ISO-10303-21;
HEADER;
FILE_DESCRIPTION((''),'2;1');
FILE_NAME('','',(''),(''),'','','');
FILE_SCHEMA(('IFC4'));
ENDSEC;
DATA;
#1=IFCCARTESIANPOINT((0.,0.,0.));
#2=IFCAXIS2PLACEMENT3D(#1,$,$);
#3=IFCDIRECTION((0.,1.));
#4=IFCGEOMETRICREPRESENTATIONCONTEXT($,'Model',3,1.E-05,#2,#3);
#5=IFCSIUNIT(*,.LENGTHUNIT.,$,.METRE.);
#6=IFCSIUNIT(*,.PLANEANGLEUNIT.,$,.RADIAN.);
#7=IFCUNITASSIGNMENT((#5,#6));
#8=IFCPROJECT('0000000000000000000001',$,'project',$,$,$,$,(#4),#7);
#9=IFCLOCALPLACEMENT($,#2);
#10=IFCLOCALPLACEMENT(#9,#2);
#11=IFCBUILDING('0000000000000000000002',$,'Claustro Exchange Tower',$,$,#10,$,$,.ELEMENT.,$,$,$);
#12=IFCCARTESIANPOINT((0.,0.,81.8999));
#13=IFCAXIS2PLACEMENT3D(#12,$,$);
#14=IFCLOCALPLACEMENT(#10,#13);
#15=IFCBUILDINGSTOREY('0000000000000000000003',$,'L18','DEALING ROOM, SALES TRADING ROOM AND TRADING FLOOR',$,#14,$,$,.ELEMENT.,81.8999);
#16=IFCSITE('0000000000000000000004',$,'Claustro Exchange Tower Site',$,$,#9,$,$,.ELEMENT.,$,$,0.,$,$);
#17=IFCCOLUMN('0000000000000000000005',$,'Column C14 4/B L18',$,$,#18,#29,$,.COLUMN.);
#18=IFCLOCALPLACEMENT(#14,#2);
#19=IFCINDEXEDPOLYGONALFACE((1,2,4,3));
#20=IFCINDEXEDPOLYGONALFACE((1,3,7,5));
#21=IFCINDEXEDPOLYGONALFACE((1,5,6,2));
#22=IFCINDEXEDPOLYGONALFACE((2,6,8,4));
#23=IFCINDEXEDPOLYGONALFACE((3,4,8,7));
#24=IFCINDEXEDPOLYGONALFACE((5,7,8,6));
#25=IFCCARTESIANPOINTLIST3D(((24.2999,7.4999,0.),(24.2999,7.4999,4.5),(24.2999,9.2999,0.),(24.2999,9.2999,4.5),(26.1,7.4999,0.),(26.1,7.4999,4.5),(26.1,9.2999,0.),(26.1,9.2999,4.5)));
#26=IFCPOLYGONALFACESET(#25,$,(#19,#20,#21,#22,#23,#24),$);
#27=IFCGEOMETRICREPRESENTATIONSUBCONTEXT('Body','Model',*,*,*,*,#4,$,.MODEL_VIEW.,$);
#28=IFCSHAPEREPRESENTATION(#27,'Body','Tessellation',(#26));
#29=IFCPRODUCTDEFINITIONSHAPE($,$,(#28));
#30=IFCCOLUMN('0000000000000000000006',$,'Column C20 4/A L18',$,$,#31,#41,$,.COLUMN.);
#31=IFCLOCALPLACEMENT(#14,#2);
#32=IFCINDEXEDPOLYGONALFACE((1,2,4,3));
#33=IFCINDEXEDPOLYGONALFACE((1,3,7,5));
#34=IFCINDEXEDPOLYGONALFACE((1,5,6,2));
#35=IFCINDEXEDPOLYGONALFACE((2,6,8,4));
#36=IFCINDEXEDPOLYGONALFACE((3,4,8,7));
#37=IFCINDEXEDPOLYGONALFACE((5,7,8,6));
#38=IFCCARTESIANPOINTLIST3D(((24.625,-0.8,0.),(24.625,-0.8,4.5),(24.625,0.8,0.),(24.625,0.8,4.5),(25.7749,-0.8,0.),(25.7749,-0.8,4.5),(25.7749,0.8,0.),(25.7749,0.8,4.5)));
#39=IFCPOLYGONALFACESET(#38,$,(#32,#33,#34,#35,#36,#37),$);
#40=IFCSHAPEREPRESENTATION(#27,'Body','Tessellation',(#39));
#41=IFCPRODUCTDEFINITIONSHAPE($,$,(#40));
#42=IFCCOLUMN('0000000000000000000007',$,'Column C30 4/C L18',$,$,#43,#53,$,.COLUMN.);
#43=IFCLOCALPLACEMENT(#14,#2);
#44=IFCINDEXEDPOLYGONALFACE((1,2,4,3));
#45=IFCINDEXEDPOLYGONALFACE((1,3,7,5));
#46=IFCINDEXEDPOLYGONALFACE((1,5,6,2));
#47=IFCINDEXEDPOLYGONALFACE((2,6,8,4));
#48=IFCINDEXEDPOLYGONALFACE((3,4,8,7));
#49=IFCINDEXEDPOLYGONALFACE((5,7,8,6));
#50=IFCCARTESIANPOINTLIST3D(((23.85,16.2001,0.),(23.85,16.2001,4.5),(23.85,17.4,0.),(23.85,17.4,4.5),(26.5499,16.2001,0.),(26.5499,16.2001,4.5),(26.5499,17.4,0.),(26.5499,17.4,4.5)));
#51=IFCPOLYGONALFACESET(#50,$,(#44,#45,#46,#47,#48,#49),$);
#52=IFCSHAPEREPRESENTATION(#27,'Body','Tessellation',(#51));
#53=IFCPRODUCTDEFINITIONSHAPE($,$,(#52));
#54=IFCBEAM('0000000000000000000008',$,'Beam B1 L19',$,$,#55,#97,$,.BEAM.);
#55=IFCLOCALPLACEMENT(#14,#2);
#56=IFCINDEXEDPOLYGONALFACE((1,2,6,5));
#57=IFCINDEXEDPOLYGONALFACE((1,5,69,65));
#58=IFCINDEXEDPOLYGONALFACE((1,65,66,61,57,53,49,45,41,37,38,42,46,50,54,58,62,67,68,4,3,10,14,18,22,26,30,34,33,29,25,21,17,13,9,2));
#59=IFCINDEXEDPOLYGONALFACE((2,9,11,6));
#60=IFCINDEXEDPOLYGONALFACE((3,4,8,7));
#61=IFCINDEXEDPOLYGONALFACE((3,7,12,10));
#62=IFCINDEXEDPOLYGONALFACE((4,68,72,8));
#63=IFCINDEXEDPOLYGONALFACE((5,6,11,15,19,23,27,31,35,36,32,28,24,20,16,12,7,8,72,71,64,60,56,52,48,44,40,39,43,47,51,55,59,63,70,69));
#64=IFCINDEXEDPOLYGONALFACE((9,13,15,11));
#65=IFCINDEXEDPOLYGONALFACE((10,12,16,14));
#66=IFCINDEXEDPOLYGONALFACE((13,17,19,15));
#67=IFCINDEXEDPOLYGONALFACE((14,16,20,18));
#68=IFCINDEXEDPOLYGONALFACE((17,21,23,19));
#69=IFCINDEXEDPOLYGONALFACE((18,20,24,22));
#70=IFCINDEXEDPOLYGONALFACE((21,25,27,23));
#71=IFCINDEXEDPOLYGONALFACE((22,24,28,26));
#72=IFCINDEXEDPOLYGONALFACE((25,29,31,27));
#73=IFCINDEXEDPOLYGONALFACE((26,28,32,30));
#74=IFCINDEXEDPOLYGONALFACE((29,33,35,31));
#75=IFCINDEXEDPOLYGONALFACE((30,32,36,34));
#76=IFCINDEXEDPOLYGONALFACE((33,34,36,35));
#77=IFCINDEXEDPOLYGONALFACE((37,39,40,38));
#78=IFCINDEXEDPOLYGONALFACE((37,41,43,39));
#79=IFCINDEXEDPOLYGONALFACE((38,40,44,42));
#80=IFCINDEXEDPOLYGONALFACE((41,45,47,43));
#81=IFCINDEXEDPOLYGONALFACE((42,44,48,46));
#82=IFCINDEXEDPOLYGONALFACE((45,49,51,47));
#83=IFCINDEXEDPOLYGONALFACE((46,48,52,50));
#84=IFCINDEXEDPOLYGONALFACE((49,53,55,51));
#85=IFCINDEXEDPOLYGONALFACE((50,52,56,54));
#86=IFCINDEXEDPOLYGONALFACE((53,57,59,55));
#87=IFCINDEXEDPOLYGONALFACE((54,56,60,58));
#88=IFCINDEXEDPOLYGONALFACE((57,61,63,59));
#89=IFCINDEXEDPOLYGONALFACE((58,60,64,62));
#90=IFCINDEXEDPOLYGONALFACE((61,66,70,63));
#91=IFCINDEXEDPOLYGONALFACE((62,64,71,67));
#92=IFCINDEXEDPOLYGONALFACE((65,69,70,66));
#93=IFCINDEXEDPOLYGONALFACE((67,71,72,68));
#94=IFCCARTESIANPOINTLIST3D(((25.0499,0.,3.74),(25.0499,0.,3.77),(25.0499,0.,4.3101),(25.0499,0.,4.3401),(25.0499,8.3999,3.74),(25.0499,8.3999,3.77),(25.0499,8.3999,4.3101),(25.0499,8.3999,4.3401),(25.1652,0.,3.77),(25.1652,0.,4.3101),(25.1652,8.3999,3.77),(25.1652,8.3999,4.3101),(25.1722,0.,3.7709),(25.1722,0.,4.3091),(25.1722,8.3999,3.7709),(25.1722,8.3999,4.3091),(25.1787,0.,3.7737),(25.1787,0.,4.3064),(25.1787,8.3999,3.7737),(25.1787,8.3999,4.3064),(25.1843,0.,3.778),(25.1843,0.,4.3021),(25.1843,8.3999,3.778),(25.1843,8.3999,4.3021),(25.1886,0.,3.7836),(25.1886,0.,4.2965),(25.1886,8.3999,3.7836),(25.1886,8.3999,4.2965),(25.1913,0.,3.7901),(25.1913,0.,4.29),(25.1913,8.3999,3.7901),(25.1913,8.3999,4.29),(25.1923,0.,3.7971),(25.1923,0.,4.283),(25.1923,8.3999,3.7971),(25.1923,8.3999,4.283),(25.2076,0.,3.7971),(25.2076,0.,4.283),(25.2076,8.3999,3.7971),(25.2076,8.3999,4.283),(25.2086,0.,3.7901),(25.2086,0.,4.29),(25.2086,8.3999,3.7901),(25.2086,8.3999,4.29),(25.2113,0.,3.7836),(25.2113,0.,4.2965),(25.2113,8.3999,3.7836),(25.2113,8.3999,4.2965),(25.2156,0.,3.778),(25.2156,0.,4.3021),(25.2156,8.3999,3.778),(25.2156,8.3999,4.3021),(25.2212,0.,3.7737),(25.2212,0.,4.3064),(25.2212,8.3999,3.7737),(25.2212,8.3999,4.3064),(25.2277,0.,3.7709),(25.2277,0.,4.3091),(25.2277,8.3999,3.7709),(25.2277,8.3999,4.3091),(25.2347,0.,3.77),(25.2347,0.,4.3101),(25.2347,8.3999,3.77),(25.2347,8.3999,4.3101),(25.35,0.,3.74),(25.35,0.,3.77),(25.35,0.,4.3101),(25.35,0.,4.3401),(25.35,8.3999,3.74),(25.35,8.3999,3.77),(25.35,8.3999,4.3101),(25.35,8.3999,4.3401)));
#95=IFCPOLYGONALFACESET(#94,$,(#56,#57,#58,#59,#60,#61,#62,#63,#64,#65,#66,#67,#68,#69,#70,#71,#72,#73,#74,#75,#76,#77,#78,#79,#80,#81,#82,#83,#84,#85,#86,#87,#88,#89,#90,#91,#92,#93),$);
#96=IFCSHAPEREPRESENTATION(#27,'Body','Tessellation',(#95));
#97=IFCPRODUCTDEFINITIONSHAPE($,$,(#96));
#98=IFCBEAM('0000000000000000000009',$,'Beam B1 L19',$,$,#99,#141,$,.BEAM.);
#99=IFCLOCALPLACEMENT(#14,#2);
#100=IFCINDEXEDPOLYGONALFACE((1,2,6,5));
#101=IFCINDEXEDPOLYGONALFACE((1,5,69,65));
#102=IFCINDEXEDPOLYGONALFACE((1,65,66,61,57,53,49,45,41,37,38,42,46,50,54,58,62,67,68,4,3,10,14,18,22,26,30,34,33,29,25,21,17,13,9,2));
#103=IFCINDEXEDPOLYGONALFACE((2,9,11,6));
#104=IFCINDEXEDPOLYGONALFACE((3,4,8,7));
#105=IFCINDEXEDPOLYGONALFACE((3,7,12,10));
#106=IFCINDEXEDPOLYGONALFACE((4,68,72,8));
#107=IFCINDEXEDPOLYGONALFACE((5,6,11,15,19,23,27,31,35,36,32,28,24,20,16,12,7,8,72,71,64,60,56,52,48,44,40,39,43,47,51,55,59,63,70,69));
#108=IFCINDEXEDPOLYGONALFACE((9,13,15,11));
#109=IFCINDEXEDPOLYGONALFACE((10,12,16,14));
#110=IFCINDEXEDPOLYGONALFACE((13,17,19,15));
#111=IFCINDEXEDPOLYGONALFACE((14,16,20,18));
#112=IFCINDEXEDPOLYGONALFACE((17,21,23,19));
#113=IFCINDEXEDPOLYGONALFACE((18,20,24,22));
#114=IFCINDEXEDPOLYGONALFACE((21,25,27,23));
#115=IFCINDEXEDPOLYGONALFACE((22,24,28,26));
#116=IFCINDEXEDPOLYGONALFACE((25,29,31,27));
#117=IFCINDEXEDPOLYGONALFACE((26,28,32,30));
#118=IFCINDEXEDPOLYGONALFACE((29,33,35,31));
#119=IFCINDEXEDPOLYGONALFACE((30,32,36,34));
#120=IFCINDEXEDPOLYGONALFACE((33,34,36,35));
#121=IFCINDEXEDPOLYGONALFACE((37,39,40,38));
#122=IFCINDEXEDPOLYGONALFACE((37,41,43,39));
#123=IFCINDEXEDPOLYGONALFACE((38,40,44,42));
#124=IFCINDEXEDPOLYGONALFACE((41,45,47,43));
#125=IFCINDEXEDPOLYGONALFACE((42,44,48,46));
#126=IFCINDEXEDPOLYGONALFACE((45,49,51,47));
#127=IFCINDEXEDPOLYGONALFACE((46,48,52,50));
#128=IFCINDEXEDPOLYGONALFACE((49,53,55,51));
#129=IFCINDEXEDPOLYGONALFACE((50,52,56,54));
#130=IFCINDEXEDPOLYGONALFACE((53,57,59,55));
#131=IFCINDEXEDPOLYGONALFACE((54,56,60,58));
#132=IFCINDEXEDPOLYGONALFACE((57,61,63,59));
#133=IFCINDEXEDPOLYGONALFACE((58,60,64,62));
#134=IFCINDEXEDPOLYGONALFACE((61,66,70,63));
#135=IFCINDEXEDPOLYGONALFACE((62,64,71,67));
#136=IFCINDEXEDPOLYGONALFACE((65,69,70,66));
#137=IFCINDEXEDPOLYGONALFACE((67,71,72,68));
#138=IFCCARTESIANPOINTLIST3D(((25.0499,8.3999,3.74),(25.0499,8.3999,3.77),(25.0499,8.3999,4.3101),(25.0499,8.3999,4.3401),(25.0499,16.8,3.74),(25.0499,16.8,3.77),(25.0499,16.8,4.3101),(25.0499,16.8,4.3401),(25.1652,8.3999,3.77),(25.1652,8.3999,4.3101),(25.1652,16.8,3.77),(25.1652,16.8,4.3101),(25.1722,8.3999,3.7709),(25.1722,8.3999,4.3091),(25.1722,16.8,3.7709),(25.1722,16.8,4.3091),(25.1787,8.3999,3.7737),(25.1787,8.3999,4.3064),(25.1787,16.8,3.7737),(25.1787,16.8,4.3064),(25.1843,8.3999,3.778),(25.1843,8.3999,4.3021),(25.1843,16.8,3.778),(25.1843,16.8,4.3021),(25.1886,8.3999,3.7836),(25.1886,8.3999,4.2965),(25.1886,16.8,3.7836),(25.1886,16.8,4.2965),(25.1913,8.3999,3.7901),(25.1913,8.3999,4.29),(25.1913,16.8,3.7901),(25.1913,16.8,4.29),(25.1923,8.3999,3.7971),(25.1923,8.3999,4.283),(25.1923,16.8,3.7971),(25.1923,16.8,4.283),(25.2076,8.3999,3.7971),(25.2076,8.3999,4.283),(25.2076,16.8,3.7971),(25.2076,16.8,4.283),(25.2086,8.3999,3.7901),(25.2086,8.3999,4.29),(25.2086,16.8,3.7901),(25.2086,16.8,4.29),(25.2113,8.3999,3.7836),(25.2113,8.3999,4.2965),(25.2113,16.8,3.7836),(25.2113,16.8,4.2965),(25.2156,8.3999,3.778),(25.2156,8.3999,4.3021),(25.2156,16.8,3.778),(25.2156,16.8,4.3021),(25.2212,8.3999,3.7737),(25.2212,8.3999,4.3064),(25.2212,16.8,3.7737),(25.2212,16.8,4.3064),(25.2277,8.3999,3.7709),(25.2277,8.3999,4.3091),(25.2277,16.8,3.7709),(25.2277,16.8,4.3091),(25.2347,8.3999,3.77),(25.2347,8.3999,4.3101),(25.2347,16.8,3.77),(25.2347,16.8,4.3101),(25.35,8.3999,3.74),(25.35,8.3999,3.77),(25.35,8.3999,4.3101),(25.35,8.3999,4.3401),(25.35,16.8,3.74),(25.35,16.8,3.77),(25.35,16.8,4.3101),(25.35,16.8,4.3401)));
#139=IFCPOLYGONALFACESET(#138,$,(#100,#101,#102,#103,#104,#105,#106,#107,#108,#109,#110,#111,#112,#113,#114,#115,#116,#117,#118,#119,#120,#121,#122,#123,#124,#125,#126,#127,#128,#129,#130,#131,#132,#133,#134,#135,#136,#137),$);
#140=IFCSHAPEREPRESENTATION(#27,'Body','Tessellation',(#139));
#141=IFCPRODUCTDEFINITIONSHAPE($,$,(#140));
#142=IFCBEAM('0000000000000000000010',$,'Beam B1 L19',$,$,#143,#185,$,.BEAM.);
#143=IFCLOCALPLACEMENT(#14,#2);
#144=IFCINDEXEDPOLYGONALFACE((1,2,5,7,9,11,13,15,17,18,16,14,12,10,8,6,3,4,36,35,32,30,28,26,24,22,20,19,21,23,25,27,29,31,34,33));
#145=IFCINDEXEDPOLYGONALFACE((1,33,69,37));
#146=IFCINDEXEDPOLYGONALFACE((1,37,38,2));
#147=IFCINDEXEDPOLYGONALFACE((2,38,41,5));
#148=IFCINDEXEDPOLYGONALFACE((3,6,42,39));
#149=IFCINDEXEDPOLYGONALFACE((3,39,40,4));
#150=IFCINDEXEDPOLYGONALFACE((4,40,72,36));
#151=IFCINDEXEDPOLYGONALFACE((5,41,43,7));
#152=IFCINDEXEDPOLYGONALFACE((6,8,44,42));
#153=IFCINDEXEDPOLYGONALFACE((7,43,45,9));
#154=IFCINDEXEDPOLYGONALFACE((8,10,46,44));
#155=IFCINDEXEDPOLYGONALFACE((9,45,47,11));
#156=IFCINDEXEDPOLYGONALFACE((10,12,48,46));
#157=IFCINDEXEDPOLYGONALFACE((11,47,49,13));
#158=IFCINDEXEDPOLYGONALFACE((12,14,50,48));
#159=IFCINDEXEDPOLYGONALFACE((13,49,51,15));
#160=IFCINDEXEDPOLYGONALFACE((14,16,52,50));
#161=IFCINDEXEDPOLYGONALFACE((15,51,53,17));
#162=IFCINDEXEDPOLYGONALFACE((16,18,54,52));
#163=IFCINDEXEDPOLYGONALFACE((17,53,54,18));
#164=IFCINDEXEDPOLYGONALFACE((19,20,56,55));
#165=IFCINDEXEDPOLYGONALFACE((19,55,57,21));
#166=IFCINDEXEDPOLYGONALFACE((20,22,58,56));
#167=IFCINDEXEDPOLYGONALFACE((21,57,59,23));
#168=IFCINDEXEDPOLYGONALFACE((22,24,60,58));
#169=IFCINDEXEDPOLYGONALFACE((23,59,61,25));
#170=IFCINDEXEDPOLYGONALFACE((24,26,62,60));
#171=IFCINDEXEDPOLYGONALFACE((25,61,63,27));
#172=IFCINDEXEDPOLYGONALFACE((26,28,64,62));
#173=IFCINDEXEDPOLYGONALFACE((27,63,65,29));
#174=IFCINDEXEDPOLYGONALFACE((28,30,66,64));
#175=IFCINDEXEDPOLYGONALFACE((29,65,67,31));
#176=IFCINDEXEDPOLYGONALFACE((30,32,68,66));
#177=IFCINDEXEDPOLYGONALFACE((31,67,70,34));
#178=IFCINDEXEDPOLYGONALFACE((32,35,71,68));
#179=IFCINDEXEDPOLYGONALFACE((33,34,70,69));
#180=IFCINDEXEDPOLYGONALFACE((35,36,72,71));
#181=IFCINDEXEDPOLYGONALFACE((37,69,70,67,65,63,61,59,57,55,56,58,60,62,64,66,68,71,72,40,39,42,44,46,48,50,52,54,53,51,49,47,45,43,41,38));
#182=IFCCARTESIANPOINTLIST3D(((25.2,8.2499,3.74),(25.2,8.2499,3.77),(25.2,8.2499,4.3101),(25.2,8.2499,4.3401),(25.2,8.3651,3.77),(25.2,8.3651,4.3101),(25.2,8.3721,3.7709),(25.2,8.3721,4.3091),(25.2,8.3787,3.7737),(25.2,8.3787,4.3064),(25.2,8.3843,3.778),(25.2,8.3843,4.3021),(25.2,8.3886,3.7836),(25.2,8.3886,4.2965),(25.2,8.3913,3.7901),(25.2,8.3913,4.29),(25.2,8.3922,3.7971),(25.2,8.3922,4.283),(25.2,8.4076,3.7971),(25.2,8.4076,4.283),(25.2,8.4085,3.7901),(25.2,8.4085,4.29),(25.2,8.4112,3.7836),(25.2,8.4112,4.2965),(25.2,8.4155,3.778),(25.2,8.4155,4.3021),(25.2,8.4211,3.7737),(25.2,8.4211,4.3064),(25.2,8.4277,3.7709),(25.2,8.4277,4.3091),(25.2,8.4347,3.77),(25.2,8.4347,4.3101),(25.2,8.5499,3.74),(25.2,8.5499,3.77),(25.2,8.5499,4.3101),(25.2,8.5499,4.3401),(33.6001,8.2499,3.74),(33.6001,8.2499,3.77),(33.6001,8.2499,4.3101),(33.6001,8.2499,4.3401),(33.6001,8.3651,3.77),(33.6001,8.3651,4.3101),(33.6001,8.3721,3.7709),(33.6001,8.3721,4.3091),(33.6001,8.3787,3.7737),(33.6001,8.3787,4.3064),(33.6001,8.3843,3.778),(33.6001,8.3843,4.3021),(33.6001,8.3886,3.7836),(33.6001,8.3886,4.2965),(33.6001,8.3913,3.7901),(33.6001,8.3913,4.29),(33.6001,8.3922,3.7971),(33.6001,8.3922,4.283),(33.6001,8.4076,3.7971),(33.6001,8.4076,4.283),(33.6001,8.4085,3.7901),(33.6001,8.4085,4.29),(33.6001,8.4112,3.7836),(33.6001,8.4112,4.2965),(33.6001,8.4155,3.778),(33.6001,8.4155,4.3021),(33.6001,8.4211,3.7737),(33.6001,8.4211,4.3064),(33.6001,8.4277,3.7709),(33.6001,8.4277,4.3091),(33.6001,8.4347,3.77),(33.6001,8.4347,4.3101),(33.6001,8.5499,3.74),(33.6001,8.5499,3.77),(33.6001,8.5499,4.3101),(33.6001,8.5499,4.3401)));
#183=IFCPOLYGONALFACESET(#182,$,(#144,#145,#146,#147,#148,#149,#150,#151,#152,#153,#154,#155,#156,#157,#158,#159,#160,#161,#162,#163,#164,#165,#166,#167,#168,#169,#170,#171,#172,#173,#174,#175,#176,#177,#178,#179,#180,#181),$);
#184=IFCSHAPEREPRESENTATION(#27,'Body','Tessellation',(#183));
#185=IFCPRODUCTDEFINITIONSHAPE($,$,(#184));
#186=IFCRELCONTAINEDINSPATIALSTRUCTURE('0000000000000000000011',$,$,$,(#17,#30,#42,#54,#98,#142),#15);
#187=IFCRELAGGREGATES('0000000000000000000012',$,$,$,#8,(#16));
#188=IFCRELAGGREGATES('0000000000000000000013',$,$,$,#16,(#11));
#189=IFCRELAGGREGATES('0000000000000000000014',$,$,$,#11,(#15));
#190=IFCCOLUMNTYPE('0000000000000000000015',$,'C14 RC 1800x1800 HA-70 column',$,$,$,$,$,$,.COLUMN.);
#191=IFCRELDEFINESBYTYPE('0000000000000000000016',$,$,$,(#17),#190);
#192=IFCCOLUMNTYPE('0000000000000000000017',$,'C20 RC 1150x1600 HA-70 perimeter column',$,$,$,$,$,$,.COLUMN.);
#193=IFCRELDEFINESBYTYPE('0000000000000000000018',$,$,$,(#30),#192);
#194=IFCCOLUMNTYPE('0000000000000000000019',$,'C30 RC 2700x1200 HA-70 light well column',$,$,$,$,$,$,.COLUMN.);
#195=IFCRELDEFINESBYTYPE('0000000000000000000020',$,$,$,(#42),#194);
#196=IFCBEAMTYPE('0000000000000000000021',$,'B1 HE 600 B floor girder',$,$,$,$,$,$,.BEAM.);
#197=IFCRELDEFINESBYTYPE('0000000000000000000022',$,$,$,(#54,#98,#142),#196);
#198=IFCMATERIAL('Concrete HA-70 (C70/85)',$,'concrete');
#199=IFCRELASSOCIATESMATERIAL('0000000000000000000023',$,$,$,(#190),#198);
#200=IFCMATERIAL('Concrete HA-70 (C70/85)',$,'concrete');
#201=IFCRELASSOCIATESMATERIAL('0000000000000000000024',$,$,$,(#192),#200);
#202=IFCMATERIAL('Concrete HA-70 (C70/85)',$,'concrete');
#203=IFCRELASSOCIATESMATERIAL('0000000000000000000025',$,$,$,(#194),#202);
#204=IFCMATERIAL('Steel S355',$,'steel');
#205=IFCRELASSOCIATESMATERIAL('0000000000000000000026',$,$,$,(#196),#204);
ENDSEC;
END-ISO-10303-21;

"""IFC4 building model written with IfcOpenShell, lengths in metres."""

from ifc_helpers import new_model, si_unit, direction, frame, origin, origin_2d, place, context, subcontext, project, spatial, rectangle, i_section, extrude, material, material_profile, profile_set, type_object, element, save


model = new_model("IFC4")

# Units and contexts
model_context = context("Model", 3, precision=1e-05, world=origin(), true_north=direction((0.0, 1.0)))
body_context = subcontext(model_context, "Body", "Model", "MODEL_VIEW")
ifc_project = project(units=[si_unit("LENGTHUNIT", "METRE"), si_unit("PLANEANGLEUNIT", "RADIAN")], contexts=[model_context])

# Site, building, storey
site_placement = place(None, origin())
site = spatial("IfcSite", under=ifc_project, at=site_placement, Name="Claustro Exchange Tower Site", CompositionType="ELEMENT", RefElevation=0.0)
building_placement = place(site_placement, origin())
building = spatial("IfcBuilding", under=site, at=building_placement, Name="Claustro Exchange Tower", CompositionType="ELEMENT")
storey_placement = place(building_placement, frame((0.0, 0.0, 81.8999)))
storey = spatial("IfcBuildingStorey", under=building, at=storey_placement, Name="L18", Description="DEALING ROOM, SALES TRADING ROOM AND TRADING FLOOR", CompositionType="ELEMENT", Elevation=81.8999)

# Columns
ifc_material_1 = material(Name="Concrete HA-70 (C70/85)", Category="concrete")
ifc_material_profile_1 = material_profile(ifc_material_1, rectangle(XDim=1.8, YDim=1.8, at=origin_2d()), Name="RC 1800x1800")
ifc_profile_set_1 = profile_set([ifc_material_profile_1], Name="Concrete HA-70 (C70/85)")
column_type_1 = type_object("IfcColumnType", Name="C14 RC 1800x1800 HA-70 column", PredefinedType="COLUMN", material=ifc_profile_set_1)
column_1_placement = place(storey_placement, frame((25.2, 8.3999, 0.0), z_axis=(0.0, 0.0, 1.0), x_axis=(1.0, 0.0, 0.0)))
element("IfcColumn", 1, at=column_1_placement, inside=storey, type_object=column_type_1, Name="Column C14 4/B L18", PredefinedType="COLUMN", context=body_context, shape_type="SweptSolid", body=[
    extrude(rectangle(XDim=1.8, YDim=1.8, at=origin_2d()), origin(), (0.0, 0.0, 1.0), 4.5),
])
ifc_material_2 = material(Name="Concrete HA-70 (C70/85)", Category="concrete")
ifc_material_profile_2 = material_profile(ifc_material_2, rectangle(XDim=1.1499, YDim=1.6001, at=origin_2d()), Name="RC 1150x1600")
ifc_profile_set_2 = profile_set([ifc_material_profile_2], Name="Concrete HA-70 (C70/85)")
column_type_2 = type_object("IfcColumnType", Name="C20 RC 1150x1600 HA-70 perimeter column", PredefinedType="COLUMN", material=ifc_profile_set_2)
column_2_placement = place(storey_placement, frame((25.2, 0.0, 0.0), z_axis=(0.0, 0.0, 1.0), x_axis=(1.0, 0.0, 0.0)))
element("IfcColumn", 2, at=column_2_placement, inside=storey, type_object=column_type_2, Name="Column C20 4/A L18", PredefinedType="COLUMN", context=body_context, shape_type="SweptSolid", body=[
    extrude(rectangle(XDim=1.1499, YDim=1.6001, at=origin_2d()), origin(), (0.0, 0.0, 1.0), 4.5),
])
ifc_material_3 = material(Name="Concrete HA-70 (C70/85)", Category="concrete")
ifc_material_profile_3 = material_profile(ifc_material_3, rectangle(XDim=2.7, YDim=1.2, at=origin_2d()), Name="RC 2700x1200")
ifc_profile_set_3 = profile_set([ifc_material_profile_3], Name="Concrete HA-70 (C70/85)")
column_type_3 = type_object("IfcColumnType", Name="C30 RC 2700x1200 HA-70 light well column", PredefinedType="COLUMN", material=ifc_profile_set_3)
column_3_placement = place(storey_placement, frame((25.2, 16.8, 0.0), z_axis=(0.0, 0.0, 1.0), x_axis=(1.0, 0.0, 0.0)))
element("IfcColumn", 3, at=column_3_placement, inside=storey, type_object=column_type_3, Name="Column C30 4/C L18", PredefinedType="COLUMN", context=body_context, shape_type="SweptSolid", body=[
    extrude(rectangle(XDim=2.7, YDim=1.2, at=origin_2d()), origin(), (0.0, 0.0, 1.0), 4.5),
])

# Beams
ifc_material_4 = material(Name="Steel S355", Category="steel")
ifc_material_profile_4 = material_profile(ifc_material_4, i_section(OverallWidth=0.3, OverallDepth=0.6001, WebThickness=0.0154, FlangeThickness=0.03, FilletRadius=0.0271, at=origin_2d()), Name="HE 600 B")
ifc_profile_set_4 = profile_set([ifc_material_profile_4], Name="Steel S355")
beam_type_1 = type_object("IfcBeamType", Name="B1 HE 600 B floor girder", PredefinedType="BEAM", material=ifc_profile_set_4)
beam_1_placement = place(storey_placement, frame((25.2, 0.0, 4.04), z_axis=(0.0, 1.0, 0.0), x_axis=(-1.0, 0.0, 0.0)))
element("IfcBeam", 4, at=beam_1_placement, inside=storey, type_object=beam_type_1, Name="Beam B1 L19", PredefinedType="BEAM", context=body_context, shape_type="SweptSolid", body=[
    extrude(i_section(OverallWidth=0.3, OverallDepth=0.6001, WebThickness=0.0154, FlangeThickness=0.03, FilletRadius=0.0271, at=origin_2d()), origin(), (0.0, 0.0, 1.0), 8.3999),
])
for number, where, z_axis, x_axis, name in (
    (5, (25.2, 8.3999, 4.04), (0.0, 1.0, 0.0), (-1.0, 0.0, 0.0), "Beam B1 L19"),
    (6, (25.2, 8.3999, 4.04), (1.0, 0.0, 0.0), (0.0, 1.0, 0.0), "Beam B1 L19"),
):
    element("IfcBeam", number, at=place(storey_placement, frame(where, z_axis=z_axis, x_axis=x_axis)), inside=storey, type_object=beam_type_1, Name=name, PredefinedType="BEAM", context=body_context, shape_type="SweptSolid", body=[
        extrude(i_section(OverallWidth=0.3, OverallDepth=0.6001, WebThickness=0.0154, FlangeThickness=0.03, FilletRadius=0.0271, at=origin_2d()), origin(), (0.0, 0.0, 1.0), 8.4001),
    ])

save(model, "model.ifc")
